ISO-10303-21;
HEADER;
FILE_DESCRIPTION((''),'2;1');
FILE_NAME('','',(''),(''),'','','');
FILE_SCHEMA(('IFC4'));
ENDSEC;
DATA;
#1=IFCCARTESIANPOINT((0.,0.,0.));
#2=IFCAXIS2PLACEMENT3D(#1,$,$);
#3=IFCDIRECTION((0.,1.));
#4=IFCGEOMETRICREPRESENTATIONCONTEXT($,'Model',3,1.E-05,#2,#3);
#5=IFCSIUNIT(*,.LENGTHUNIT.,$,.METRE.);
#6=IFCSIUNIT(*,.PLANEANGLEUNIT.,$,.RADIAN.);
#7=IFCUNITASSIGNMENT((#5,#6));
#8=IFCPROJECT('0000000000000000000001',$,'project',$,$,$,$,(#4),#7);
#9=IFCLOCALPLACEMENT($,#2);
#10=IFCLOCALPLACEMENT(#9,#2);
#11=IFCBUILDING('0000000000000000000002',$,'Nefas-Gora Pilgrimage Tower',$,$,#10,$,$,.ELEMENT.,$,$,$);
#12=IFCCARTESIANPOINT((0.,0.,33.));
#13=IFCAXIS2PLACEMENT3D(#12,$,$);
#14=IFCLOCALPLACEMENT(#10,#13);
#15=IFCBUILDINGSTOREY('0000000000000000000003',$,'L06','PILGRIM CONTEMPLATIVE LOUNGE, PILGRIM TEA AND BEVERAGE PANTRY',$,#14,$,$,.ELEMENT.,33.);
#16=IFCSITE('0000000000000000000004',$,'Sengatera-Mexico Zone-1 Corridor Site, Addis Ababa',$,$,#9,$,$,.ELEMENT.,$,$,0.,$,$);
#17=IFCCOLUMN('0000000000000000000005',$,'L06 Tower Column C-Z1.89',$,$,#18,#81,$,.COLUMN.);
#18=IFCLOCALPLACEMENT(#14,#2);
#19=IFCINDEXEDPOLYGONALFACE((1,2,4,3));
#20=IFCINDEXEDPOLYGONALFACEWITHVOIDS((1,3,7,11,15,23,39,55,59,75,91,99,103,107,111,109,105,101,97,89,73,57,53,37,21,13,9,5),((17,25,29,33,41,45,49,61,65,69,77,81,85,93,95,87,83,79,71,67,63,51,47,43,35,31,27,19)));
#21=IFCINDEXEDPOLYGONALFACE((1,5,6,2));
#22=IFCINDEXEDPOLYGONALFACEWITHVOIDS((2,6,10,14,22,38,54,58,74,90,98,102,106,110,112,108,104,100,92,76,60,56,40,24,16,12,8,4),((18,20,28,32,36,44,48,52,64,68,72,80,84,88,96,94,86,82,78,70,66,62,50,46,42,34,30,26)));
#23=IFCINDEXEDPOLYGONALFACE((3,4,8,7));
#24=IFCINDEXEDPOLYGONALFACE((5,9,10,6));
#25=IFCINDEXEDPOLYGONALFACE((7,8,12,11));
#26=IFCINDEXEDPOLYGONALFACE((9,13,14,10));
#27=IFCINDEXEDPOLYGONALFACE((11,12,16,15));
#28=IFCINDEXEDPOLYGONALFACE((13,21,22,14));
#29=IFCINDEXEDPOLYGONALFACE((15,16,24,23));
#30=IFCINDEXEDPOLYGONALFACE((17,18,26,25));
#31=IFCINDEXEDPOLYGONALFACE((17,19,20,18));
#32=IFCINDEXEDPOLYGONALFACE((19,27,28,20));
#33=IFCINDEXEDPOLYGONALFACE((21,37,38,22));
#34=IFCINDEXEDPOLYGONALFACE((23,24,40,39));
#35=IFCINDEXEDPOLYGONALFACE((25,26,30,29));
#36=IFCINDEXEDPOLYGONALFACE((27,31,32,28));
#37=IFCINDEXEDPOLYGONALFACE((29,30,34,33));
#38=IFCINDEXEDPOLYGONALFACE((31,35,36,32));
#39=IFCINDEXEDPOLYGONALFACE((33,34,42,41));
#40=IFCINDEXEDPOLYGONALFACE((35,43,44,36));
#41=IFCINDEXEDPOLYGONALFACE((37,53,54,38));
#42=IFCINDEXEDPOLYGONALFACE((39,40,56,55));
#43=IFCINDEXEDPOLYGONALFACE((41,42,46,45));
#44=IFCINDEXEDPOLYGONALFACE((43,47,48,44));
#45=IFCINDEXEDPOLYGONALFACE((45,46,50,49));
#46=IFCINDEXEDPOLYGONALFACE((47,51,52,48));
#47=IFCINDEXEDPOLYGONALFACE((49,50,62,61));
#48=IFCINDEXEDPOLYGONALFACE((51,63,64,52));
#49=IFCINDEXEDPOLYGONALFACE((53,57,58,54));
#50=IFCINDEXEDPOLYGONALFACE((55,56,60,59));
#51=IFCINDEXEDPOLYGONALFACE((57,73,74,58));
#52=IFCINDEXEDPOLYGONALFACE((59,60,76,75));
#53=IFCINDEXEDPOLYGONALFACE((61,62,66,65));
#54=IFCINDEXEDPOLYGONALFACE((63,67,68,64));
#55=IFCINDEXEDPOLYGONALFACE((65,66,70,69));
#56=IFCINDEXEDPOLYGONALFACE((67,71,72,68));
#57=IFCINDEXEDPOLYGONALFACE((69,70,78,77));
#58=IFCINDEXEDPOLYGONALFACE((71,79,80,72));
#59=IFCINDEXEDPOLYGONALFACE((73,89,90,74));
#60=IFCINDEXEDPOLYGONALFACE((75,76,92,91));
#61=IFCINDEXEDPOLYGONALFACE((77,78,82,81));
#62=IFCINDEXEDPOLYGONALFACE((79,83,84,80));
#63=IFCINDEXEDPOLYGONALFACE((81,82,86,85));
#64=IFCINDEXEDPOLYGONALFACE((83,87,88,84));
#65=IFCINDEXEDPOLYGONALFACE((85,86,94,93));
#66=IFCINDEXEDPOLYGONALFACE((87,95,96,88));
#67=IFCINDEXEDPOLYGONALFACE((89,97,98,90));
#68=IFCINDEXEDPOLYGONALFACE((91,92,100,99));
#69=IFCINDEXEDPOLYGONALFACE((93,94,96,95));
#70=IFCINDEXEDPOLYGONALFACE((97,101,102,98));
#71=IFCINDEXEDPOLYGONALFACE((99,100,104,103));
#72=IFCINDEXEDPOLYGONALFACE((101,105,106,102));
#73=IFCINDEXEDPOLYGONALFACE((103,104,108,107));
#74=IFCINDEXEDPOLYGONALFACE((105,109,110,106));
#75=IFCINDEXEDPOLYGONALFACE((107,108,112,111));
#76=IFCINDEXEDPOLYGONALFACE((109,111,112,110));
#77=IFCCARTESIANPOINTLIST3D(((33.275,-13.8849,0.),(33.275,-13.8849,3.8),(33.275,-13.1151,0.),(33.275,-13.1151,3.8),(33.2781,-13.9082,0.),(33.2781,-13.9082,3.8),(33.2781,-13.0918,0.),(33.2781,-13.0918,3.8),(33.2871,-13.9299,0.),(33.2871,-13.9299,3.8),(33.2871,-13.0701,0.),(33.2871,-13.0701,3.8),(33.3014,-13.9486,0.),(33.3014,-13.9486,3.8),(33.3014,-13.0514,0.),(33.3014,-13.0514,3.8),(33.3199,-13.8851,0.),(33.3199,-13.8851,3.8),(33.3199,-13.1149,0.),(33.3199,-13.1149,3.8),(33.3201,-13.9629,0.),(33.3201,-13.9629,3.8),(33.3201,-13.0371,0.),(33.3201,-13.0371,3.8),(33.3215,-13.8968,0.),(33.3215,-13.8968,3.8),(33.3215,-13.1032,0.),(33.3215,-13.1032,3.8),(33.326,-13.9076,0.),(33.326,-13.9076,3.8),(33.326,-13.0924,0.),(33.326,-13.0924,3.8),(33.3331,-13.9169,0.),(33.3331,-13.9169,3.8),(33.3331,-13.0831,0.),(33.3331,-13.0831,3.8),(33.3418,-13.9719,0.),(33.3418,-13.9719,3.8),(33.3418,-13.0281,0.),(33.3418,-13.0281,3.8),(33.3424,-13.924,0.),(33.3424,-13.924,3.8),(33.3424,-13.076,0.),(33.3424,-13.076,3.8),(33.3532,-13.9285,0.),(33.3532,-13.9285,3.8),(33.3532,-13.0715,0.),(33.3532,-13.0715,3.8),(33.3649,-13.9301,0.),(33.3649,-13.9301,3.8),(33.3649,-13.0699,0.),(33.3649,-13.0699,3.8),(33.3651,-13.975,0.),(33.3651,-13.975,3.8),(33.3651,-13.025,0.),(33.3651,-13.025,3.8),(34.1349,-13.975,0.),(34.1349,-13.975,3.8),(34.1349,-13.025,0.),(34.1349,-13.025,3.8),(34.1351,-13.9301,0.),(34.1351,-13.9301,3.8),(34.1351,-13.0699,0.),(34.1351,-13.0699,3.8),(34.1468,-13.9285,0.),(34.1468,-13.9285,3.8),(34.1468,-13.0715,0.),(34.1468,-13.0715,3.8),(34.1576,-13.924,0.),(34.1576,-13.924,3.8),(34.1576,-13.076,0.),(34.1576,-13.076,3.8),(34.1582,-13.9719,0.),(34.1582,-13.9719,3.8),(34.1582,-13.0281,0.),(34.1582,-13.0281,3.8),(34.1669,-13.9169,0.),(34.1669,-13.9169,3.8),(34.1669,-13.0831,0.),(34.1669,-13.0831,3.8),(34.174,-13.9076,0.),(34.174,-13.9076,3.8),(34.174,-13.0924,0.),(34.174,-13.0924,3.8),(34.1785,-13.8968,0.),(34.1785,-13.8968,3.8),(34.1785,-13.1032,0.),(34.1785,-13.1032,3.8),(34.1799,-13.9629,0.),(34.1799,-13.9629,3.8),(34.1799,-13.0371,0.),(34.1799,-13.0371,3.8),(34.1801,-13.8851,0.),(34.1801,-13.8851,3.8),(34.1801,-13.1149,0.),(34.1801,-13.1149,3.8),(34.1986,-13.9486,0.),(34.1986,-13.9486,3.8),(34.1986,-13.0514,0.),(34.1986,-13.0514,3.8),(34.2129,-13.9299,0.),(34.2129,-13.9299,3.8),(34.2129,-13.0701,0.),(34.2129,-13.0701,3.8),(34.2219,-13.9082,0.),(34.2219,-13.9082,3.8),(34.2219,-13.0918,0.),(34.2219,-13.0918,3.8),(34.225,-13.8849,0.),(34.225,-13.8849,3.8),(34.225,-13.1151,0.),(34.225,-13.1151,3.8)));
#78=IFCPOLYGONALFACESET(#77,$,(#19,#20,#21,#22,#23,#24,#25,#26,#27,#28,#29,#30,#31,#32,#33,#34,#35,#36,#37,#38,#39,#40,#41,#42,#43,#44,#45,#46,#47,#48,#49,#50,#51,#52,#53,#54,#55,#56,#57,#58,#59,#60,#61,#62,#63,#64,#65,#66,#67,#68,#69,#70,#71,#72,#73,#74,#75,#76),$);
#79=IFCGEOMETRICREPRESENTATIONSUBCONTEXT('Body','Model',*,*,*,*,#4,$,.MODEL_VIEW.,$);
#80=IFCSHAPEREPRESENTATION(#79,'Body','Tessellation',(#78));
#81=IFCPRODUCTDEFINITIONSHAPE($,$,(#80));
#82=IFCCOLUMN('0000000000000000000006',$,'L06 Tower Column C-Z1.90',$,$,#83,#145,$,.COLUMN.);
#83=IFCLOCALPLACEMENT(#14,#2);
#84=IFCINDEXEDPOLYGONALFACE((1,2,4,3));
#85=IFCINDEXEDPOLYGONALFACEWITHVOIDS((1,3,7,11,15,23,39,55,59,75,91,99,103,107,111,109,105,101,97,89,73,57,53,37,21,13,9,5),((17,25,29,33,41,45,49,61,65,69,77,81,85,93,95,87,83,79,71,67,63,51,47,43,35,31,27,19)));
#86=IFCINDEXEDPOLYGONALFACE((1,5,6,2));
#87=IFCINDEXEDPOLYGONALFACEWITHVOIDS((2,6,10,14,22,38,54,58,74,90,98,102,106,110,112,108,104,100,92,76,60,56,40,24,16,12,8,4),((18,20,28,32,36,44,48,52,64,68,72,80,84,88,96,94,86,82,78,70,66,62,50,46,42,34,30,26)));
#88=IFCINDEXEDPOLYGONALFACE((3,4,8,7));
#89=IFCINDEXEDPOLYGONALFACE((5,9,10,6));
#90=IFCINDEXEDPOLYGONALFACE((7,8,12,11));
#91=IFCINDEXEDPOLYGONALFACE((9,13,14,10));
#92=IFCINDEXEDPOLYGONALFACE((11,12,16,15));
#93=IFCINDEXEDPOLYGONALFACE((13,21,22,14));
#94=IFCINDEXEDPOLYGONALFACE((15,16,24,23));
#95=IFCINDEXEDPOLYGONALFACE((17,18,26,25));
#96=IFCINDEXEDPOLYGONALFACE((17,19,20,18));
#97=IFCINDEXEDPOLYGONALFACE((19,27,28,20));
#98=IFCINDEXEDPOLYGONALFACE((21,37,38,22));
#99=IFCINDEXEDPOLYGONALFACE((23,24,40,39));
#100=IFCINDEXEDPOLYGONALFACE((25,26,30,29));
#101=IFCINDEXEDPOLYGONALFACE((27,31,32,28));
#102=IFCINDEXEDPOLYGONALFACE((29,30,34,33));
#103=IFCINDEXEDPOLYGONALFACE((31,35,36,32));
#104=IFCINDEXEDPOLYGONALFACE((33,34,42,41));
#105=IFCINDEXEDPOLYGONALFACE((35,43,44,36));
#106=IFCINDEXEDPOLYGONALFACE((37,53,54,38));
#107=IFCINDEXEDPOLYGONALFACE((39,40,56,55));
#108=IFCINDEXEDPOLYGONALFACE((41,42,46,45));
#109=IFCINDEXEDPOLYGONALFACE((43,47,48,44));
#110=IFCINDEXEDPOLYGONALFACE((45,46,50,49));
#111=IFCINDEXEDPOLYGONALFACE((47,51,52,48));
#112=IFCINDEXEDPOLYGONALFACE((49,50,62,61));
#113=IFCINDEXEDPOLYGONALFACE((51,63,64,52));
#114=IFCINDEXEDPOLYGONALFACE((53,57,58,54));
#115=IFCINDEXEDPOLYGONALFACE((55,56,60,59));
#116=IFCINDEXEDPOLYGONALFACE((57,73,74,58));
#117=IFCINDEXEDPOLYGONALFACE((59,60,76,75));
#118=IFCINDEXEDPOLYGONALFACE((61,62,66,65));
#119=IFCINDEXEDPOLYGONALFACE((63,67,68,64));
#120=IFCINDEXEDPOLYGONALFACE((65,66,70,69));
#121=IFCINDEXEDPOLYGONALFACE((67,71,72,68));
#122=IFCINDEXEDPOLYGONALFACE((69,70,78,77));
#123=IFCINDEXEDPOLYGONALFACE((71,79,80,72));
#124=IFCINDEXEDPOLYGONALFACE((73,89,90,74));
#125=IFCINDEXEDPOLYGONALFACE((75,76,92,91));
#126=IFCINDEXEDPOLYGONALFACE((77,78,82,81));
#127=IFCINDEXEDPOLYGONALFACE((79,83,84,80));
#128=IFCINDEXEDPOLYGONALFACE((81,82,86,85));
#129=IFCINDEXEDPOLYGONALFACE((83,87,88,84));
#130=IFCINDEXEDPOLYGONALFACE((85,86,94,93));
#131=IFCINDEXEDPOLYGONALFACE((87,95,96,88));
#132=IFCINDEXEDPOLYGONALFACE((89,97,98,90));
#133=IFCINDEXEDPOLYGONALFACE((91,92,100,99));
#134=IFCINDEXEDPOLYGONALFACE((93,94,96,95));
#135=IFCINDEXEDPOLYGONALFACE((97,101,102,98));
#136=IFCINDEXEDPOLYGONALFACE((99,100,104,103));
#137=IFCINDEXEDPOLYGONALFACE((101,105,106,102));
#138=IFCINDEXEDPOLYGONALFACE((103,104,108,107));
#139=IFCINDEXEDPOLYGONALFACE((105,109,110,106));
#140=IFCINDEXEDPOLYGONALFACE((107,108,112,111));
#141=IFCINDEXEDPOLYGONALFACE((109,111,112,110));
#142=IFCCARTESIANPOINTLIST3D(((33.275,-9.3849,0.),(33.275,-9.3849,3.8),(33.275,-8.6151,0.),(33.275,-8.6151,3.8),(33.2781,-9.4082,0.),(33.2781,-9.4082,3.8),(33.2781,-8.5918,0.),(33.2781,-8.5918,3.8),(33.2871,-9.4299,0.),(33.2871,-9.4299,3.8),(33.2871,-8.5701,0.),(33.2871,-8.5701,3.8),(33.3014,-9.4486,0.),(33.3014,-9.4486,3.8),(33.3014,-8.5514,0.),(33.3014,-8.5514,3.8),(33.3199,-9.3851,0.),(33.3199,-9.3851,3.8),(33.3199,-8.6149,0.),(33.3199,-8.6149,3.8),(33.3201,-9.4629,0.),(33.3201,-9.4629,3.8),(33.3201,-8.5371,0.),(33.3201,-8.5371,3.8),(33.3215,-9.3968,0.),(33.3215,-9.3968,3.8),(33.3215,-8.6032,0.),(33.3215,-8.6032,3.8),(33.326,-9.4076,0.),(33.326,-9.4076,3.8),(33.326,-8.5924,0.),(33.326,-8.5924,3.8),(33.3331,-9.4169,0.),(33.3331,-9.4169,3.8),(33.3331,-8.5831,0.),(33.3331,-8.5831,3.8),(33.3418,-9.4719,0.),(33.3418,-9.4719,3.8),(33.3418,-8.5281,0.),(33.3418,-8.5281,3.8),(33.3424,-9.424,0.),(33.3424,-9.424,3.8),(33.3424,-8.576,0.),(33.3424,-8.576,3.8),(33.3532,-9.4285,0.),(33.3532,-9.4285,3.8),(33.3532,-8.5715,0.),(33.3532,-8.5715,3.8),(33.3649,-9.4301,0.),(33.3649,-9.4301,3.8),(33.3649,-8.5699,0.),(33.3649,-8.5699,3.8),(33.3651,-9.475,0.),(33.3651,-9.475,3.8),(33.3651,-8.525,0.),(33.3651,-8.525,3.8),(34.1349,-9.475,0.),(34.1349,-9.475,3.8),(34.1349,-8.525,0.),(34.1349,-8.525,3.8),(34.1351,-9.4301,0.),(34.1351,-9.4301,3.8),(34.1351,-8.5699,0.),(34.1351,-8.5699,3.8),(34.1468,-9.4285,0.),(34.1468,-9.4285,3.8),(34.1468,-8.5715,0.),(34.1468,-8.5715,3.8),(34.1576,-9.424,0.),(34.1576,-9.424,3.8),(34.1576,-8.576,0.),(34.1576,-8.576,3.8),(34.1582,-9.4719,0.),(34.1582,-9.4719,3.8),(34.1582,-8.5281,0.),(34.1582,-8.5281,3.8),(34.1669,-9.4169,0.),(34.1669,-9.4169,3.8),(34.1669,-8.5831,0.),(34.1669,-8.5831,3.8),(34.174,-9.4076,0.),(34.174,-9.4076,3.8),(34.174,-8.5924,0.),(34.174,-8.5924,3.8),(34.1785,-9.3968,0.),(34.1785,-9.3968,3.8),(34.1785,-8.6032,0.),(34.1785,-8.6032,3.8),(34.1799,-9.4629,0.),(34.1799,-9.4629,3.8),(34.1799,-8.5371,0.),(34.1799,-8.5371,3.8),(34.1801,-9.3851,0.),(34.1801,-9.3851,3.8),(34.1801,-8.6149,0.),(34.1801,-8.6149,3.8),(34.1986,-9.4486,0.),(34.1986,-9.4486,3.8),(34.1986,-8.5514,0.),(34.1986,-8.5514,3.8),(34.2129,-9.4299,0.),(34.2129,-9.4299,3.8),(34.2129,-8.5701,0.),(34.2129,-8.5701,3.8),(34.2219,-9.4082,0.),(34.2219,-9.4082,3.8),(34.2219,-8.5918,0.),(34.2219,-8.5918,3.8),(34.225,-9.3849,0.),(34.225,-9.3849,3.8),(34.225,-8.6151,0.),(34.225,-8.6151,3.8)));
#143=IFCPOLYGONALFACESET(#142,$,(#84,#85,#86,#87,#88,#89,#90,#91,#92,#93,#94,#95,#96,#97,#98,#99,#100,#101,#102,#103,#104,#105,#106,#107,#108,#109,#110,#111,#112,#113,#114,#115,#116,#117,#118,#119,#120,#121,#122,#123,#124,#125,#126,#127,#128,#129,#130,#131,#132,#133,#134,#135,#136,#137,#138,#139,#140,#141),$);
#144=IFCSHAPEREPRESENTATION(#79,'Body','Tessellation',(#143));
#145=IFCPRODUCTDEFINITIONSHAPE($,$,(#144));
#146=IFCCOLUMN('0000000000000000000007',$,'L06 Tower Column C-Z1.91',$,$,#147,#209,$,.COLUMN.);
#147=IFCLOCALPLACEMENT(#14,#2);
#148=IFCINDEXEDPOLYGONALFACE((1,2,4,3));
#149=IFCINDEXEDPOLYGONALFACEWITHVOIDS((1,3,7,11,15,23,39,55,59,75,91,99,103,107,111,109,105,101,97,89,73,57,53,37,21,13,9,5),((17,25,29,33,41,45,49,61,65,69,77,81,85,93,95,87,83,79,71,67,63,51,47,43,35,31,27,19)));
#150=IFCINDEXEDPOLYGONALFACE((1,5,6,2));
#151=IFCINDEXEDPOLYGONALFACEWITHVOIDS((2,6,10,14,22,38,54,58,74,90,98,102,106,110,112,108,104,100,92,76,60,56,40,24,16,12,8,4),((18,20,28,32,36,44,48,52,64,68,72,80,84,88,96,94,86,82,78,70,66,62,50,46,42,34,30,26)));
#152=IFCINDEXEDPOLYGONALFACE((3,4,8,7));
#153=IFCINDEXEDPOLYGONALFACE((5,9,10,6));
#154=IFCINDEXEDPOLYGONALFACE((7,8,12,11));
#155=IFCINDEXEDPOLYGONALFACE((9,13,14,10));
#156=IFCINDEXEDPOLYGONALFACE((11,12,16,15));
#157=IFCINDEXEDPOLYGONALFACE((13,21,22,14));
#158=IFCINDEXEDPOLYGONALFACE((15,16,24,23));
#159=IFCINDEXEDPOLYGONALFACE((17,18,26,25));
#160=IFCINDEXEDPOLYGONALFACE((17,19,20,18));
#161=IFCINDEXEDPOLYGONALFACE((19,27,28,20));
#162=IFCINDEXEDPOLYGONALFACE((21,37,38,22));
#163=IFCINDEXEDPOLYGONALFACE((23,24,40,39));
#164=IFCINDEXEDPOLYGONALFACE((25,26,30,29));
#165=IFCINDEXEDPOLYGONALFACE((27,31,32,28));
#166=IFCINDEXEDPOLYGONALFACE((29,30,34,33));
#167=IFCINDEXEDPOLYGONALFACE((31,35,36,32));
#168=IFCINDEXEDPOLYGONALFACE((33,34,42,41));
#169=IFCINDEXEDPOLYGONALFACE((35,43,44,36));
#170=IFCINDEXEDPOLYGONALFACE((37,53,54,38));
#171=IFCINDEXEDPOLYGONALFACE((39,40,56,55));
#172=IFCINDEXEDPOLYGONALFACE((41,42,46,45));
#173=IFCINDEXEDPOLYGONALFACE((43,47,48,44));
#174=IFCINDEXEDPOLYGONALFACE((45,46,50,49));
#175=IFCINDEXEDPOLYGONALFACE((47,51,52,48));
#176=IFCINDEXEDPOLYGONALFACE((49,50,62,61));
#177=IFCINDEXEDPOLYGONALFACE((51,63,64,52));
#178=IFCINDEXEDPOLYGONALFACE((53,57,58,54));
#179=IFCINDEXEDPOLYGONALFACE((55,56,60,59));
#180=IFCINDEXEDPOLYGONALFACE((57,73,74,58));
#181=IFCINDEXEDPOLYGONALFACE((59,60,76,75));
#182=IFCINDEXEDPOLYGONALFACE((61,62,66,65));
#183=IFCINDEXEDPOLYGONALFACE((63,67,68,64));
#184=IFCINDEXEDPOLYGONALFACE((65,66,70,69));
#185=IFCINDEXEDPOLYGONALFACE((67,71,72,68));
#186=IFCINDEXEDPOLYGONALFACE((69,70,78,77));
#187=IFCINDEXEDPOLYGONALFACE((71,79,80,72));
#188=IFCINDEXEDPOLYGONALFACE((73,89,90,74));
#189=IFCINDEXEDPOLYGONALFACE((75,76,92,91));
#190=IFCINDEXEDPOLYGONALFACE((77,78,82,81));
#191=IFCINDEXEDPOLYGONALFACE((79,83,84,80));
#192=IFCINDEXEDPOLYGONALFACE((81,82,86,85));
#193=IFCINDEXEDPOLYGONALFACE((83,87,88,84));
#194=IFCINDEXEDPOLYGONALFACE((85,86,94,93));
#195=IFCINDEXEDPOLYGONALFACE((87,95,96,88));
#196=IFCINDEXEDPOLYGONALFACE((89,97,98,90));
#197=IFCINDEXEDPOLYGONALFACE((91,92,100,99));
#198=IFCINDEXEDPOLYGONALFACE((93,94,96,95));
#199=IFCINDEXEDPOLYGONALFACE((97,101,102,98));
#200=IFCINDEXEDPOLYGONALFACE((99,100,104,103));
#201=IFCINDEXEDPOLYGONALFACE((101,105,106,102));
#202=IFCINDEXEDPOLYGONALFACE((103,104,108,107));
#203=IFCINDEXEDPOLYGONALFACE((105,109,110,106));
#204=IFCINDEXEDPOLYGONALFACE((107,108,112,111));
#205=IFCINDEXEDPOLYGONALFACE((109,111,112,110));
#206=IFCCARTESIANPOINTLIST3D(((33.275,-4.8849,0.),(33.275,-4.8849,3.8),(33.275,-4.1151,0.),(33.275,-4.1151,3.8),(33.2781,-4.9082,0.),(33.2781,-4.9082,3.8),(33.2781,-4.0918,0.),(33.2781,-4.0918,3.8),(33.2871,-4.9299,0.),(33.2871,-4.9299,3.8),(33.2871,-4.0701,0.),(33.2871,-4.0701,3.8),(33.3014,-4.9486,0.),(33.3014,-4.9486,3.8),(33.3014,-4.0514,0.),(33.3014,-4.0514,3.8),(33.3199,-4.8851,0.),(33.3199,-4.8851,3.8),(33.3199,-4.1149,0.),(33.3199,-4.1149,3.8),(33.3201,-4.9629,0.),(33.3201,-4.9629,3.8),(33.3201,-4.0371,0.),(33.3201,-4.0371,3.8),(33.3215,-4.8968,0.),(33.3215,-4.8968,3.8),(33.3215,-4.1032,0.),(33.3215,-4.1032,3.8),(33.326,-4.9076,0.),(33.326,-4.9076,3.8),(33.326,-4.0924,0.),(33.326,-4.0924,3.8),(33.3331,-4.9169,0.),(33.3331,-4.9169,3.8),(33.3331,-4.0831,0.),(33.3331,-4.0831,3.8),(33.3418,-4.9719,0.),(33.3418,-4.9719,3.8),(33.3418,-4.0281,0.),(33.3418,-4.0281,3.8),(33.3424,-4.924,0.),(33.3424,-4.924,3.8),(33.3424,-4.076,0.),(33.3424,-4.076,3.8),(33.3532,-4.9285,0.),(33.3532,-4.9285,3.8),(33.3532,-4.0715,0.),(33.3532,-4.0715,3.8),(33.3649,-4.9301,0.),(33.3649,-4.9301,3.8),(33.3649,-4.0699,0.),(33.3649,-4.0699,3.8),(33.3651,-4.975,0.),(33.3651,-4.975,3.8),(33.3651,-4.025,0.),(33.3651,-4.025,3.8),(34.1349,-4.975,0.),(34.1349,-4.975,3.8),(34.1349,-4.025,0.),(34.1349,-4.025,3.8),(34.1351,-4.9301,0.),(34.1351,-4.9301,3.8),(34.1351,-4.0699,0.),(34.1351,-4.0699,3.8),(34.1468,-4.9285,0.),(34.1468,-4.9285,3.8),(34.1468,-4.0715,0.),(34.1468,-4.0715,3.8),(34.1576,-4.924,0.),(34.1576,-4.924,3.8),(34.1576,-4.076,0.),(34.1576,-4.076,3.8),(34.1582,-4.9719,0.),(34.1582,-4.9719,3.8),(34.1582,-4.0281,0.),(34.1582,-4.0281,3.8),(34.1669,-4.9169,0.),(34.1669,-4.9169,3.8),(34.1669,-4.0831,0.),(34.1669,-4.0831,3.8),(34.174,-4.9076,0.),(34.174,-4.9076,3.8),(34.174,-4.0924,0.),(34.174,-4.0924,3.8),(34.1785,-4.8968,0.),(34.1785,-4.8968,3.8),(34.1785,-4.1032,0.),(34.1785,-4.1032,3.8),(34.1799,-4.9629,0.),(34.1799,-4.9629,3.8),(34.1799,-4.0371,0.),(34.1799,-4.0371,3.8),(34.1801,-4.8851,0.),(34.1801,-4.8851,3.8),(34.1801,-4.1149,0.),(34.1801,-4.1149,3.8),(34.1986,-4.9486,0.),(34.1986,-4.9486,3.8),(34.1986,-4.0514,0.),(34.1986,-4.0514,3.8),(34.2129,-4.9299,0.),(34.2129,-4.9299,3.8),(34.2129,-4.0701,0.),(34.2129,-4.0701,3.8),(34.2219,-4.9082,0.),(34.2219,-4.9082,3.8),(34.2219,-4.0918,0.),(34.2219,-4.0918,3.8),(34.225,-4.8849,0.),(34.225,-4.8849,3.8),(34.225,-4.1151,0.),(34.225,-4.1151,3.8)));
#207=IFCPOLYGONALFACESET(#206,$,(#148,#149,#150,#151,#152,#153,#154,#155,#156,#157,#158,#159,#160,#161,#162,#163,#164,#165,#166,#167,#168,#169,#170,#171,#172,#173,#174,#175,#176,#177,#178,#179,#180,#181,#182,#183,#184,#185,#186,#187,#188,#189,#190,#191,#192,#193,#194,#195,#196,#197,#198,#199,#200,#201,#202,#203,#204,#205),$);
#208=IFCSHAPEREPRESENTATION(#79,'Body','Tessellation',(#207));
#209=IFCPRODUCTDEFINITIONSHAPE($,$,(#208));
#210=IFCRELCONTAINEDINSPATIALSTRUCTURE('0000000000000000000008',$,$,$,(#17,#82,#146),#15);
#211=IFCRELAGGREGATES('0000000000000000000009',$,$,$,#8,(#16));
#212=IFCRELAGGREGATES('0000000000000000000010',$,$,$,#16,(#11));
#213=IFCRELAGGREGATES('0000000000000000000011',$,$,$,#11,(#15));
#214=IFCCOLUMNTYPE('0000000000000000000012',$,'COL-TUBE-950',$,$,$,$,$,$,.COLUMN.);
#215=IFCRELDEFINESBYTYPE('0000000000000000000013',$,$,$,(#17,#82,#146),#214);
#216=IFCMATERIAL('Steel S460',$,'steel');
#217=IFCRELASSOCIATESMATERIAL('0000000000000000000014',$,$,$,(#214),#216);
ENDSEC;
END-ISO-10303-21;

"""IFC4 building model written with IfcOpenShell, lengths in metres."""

from ifc_helpers import new_model, si_unit, direction, frame, origin, origin_2d, place, context, subcontext, project, spatial, hollow_rectangle, extrude, source, transform, mapped, material, material_profile, profile_set, type_object, element, save


model = new_model("IFC4")

# Units and contexts
model_context = context("Model", 3, precision=1e-05, world=origin(), true_north=direction((0.0, 1.0)))
body_context = subcontext(model_context, "Body", "Model", "MODEL_VIEW")
ifc_project = project(units=[si_unit("LENGTHUNIT", "METRE"), si_unit("PLANEANGLEUNIT", "RADIAN")], contexts=[model_context])

# Site, building, storey
site_placement = place(None, origin())
site = spatial("IfcSite", under=ifc_project, at=site_placement, Name="Sengatera-Mexico Zone-1 Corridor Site, Addis Ababa", CompositionType="ELEMENT", RefElevation=0.0)
building_placement = place(site_placement, origin())
building = spatial("IfcBuilding", under=site, at=building_placement, Name="Nefas-Gora Pilgrimage Tower", CompositionType="ELEMENT")
storey_placement = place(building_placement, frame((0.0, 0.0, 33.0)))
storey = spatial("IfcBuildingStorey", under=building, at=storey_placement, Name="L06", Description="PILGRIM CONTEMPLATIVE LOUNGE, PILGRIM TEA AND BEVERAGE PANTRY", CompositionType="ELEMENT", Elevation=33.0)

# Columns
ifc_material_1 = material(Name="Steel S460", Category="steel")
ifc_material_profile_1 = material_profile(ifc_material_1, hollow_rectangle(XDim=0.95, YDim=0.95, WallThickness=0.0449, InnerFilletRadius=0.0449, OuterFilletRadius=0.0901, at=origin_2d()), Name="BOX 950x950x45")
ifc_profile_set_1 = profile_set([ifc_material_profile_1], Name="Steel S460")
column_type_1 = type_object("IfcColumnType", Name="COL-TUBE-950", PredefinedType="COLUMN", material=ifc_profile_set_1)
shared_shape_1 = source(origin(), body_context, "Body", "SweptSolid", [
    extrude(hollow_rectangle(XDim=0.95, YDim=0.95, WallThickness=0.0449, InnerFilletRadius=0.0449, OuterFilletRadius=0.0901, at=origin_2d()), origin(), (0.0, 0.0, 1.0), 3.8),
])
for number, where, z_axis, x_axis, name in (
    (1, (33.75, -13.5, 0.0), (0.0, 0.0, 1.0), (1.0, 0.0, 0.0), "L06 Tower Column C-Z1.89"),
    (2, (33.75, -9.0, 0.0), (0.0, 0.0, 1.0), (1.0, 0.0, 0.0), "L06 Tower Column C-Z1.90"),
    (3, (33.75, -4.5, 0.0), (0.0, 0.0, 1.0), (1.0, 0.0, 0.0), "L06 Tower Column C-Z1.91"),
):
    element("IfcColumn", number, at=place(storey_placement, frame(where, z_axis=z_axis, x_axis=x_axis)), inside=storey, type_object=column_type_1, Name=name, PredefinedType="COLUMN", context=body_context, shape_type="MappedRepresentation", body=[
        mapped(shared_shape_1, transform((0.0, 0.0, 0.0), x_axis=(1.0, 0.0, 0.0), y_axis=(0.0, 1.0, 0.0), z_axis=(0.0, 0.0, 1.0), scale=1.0)),
    ])

save(model, "model.ifc")
